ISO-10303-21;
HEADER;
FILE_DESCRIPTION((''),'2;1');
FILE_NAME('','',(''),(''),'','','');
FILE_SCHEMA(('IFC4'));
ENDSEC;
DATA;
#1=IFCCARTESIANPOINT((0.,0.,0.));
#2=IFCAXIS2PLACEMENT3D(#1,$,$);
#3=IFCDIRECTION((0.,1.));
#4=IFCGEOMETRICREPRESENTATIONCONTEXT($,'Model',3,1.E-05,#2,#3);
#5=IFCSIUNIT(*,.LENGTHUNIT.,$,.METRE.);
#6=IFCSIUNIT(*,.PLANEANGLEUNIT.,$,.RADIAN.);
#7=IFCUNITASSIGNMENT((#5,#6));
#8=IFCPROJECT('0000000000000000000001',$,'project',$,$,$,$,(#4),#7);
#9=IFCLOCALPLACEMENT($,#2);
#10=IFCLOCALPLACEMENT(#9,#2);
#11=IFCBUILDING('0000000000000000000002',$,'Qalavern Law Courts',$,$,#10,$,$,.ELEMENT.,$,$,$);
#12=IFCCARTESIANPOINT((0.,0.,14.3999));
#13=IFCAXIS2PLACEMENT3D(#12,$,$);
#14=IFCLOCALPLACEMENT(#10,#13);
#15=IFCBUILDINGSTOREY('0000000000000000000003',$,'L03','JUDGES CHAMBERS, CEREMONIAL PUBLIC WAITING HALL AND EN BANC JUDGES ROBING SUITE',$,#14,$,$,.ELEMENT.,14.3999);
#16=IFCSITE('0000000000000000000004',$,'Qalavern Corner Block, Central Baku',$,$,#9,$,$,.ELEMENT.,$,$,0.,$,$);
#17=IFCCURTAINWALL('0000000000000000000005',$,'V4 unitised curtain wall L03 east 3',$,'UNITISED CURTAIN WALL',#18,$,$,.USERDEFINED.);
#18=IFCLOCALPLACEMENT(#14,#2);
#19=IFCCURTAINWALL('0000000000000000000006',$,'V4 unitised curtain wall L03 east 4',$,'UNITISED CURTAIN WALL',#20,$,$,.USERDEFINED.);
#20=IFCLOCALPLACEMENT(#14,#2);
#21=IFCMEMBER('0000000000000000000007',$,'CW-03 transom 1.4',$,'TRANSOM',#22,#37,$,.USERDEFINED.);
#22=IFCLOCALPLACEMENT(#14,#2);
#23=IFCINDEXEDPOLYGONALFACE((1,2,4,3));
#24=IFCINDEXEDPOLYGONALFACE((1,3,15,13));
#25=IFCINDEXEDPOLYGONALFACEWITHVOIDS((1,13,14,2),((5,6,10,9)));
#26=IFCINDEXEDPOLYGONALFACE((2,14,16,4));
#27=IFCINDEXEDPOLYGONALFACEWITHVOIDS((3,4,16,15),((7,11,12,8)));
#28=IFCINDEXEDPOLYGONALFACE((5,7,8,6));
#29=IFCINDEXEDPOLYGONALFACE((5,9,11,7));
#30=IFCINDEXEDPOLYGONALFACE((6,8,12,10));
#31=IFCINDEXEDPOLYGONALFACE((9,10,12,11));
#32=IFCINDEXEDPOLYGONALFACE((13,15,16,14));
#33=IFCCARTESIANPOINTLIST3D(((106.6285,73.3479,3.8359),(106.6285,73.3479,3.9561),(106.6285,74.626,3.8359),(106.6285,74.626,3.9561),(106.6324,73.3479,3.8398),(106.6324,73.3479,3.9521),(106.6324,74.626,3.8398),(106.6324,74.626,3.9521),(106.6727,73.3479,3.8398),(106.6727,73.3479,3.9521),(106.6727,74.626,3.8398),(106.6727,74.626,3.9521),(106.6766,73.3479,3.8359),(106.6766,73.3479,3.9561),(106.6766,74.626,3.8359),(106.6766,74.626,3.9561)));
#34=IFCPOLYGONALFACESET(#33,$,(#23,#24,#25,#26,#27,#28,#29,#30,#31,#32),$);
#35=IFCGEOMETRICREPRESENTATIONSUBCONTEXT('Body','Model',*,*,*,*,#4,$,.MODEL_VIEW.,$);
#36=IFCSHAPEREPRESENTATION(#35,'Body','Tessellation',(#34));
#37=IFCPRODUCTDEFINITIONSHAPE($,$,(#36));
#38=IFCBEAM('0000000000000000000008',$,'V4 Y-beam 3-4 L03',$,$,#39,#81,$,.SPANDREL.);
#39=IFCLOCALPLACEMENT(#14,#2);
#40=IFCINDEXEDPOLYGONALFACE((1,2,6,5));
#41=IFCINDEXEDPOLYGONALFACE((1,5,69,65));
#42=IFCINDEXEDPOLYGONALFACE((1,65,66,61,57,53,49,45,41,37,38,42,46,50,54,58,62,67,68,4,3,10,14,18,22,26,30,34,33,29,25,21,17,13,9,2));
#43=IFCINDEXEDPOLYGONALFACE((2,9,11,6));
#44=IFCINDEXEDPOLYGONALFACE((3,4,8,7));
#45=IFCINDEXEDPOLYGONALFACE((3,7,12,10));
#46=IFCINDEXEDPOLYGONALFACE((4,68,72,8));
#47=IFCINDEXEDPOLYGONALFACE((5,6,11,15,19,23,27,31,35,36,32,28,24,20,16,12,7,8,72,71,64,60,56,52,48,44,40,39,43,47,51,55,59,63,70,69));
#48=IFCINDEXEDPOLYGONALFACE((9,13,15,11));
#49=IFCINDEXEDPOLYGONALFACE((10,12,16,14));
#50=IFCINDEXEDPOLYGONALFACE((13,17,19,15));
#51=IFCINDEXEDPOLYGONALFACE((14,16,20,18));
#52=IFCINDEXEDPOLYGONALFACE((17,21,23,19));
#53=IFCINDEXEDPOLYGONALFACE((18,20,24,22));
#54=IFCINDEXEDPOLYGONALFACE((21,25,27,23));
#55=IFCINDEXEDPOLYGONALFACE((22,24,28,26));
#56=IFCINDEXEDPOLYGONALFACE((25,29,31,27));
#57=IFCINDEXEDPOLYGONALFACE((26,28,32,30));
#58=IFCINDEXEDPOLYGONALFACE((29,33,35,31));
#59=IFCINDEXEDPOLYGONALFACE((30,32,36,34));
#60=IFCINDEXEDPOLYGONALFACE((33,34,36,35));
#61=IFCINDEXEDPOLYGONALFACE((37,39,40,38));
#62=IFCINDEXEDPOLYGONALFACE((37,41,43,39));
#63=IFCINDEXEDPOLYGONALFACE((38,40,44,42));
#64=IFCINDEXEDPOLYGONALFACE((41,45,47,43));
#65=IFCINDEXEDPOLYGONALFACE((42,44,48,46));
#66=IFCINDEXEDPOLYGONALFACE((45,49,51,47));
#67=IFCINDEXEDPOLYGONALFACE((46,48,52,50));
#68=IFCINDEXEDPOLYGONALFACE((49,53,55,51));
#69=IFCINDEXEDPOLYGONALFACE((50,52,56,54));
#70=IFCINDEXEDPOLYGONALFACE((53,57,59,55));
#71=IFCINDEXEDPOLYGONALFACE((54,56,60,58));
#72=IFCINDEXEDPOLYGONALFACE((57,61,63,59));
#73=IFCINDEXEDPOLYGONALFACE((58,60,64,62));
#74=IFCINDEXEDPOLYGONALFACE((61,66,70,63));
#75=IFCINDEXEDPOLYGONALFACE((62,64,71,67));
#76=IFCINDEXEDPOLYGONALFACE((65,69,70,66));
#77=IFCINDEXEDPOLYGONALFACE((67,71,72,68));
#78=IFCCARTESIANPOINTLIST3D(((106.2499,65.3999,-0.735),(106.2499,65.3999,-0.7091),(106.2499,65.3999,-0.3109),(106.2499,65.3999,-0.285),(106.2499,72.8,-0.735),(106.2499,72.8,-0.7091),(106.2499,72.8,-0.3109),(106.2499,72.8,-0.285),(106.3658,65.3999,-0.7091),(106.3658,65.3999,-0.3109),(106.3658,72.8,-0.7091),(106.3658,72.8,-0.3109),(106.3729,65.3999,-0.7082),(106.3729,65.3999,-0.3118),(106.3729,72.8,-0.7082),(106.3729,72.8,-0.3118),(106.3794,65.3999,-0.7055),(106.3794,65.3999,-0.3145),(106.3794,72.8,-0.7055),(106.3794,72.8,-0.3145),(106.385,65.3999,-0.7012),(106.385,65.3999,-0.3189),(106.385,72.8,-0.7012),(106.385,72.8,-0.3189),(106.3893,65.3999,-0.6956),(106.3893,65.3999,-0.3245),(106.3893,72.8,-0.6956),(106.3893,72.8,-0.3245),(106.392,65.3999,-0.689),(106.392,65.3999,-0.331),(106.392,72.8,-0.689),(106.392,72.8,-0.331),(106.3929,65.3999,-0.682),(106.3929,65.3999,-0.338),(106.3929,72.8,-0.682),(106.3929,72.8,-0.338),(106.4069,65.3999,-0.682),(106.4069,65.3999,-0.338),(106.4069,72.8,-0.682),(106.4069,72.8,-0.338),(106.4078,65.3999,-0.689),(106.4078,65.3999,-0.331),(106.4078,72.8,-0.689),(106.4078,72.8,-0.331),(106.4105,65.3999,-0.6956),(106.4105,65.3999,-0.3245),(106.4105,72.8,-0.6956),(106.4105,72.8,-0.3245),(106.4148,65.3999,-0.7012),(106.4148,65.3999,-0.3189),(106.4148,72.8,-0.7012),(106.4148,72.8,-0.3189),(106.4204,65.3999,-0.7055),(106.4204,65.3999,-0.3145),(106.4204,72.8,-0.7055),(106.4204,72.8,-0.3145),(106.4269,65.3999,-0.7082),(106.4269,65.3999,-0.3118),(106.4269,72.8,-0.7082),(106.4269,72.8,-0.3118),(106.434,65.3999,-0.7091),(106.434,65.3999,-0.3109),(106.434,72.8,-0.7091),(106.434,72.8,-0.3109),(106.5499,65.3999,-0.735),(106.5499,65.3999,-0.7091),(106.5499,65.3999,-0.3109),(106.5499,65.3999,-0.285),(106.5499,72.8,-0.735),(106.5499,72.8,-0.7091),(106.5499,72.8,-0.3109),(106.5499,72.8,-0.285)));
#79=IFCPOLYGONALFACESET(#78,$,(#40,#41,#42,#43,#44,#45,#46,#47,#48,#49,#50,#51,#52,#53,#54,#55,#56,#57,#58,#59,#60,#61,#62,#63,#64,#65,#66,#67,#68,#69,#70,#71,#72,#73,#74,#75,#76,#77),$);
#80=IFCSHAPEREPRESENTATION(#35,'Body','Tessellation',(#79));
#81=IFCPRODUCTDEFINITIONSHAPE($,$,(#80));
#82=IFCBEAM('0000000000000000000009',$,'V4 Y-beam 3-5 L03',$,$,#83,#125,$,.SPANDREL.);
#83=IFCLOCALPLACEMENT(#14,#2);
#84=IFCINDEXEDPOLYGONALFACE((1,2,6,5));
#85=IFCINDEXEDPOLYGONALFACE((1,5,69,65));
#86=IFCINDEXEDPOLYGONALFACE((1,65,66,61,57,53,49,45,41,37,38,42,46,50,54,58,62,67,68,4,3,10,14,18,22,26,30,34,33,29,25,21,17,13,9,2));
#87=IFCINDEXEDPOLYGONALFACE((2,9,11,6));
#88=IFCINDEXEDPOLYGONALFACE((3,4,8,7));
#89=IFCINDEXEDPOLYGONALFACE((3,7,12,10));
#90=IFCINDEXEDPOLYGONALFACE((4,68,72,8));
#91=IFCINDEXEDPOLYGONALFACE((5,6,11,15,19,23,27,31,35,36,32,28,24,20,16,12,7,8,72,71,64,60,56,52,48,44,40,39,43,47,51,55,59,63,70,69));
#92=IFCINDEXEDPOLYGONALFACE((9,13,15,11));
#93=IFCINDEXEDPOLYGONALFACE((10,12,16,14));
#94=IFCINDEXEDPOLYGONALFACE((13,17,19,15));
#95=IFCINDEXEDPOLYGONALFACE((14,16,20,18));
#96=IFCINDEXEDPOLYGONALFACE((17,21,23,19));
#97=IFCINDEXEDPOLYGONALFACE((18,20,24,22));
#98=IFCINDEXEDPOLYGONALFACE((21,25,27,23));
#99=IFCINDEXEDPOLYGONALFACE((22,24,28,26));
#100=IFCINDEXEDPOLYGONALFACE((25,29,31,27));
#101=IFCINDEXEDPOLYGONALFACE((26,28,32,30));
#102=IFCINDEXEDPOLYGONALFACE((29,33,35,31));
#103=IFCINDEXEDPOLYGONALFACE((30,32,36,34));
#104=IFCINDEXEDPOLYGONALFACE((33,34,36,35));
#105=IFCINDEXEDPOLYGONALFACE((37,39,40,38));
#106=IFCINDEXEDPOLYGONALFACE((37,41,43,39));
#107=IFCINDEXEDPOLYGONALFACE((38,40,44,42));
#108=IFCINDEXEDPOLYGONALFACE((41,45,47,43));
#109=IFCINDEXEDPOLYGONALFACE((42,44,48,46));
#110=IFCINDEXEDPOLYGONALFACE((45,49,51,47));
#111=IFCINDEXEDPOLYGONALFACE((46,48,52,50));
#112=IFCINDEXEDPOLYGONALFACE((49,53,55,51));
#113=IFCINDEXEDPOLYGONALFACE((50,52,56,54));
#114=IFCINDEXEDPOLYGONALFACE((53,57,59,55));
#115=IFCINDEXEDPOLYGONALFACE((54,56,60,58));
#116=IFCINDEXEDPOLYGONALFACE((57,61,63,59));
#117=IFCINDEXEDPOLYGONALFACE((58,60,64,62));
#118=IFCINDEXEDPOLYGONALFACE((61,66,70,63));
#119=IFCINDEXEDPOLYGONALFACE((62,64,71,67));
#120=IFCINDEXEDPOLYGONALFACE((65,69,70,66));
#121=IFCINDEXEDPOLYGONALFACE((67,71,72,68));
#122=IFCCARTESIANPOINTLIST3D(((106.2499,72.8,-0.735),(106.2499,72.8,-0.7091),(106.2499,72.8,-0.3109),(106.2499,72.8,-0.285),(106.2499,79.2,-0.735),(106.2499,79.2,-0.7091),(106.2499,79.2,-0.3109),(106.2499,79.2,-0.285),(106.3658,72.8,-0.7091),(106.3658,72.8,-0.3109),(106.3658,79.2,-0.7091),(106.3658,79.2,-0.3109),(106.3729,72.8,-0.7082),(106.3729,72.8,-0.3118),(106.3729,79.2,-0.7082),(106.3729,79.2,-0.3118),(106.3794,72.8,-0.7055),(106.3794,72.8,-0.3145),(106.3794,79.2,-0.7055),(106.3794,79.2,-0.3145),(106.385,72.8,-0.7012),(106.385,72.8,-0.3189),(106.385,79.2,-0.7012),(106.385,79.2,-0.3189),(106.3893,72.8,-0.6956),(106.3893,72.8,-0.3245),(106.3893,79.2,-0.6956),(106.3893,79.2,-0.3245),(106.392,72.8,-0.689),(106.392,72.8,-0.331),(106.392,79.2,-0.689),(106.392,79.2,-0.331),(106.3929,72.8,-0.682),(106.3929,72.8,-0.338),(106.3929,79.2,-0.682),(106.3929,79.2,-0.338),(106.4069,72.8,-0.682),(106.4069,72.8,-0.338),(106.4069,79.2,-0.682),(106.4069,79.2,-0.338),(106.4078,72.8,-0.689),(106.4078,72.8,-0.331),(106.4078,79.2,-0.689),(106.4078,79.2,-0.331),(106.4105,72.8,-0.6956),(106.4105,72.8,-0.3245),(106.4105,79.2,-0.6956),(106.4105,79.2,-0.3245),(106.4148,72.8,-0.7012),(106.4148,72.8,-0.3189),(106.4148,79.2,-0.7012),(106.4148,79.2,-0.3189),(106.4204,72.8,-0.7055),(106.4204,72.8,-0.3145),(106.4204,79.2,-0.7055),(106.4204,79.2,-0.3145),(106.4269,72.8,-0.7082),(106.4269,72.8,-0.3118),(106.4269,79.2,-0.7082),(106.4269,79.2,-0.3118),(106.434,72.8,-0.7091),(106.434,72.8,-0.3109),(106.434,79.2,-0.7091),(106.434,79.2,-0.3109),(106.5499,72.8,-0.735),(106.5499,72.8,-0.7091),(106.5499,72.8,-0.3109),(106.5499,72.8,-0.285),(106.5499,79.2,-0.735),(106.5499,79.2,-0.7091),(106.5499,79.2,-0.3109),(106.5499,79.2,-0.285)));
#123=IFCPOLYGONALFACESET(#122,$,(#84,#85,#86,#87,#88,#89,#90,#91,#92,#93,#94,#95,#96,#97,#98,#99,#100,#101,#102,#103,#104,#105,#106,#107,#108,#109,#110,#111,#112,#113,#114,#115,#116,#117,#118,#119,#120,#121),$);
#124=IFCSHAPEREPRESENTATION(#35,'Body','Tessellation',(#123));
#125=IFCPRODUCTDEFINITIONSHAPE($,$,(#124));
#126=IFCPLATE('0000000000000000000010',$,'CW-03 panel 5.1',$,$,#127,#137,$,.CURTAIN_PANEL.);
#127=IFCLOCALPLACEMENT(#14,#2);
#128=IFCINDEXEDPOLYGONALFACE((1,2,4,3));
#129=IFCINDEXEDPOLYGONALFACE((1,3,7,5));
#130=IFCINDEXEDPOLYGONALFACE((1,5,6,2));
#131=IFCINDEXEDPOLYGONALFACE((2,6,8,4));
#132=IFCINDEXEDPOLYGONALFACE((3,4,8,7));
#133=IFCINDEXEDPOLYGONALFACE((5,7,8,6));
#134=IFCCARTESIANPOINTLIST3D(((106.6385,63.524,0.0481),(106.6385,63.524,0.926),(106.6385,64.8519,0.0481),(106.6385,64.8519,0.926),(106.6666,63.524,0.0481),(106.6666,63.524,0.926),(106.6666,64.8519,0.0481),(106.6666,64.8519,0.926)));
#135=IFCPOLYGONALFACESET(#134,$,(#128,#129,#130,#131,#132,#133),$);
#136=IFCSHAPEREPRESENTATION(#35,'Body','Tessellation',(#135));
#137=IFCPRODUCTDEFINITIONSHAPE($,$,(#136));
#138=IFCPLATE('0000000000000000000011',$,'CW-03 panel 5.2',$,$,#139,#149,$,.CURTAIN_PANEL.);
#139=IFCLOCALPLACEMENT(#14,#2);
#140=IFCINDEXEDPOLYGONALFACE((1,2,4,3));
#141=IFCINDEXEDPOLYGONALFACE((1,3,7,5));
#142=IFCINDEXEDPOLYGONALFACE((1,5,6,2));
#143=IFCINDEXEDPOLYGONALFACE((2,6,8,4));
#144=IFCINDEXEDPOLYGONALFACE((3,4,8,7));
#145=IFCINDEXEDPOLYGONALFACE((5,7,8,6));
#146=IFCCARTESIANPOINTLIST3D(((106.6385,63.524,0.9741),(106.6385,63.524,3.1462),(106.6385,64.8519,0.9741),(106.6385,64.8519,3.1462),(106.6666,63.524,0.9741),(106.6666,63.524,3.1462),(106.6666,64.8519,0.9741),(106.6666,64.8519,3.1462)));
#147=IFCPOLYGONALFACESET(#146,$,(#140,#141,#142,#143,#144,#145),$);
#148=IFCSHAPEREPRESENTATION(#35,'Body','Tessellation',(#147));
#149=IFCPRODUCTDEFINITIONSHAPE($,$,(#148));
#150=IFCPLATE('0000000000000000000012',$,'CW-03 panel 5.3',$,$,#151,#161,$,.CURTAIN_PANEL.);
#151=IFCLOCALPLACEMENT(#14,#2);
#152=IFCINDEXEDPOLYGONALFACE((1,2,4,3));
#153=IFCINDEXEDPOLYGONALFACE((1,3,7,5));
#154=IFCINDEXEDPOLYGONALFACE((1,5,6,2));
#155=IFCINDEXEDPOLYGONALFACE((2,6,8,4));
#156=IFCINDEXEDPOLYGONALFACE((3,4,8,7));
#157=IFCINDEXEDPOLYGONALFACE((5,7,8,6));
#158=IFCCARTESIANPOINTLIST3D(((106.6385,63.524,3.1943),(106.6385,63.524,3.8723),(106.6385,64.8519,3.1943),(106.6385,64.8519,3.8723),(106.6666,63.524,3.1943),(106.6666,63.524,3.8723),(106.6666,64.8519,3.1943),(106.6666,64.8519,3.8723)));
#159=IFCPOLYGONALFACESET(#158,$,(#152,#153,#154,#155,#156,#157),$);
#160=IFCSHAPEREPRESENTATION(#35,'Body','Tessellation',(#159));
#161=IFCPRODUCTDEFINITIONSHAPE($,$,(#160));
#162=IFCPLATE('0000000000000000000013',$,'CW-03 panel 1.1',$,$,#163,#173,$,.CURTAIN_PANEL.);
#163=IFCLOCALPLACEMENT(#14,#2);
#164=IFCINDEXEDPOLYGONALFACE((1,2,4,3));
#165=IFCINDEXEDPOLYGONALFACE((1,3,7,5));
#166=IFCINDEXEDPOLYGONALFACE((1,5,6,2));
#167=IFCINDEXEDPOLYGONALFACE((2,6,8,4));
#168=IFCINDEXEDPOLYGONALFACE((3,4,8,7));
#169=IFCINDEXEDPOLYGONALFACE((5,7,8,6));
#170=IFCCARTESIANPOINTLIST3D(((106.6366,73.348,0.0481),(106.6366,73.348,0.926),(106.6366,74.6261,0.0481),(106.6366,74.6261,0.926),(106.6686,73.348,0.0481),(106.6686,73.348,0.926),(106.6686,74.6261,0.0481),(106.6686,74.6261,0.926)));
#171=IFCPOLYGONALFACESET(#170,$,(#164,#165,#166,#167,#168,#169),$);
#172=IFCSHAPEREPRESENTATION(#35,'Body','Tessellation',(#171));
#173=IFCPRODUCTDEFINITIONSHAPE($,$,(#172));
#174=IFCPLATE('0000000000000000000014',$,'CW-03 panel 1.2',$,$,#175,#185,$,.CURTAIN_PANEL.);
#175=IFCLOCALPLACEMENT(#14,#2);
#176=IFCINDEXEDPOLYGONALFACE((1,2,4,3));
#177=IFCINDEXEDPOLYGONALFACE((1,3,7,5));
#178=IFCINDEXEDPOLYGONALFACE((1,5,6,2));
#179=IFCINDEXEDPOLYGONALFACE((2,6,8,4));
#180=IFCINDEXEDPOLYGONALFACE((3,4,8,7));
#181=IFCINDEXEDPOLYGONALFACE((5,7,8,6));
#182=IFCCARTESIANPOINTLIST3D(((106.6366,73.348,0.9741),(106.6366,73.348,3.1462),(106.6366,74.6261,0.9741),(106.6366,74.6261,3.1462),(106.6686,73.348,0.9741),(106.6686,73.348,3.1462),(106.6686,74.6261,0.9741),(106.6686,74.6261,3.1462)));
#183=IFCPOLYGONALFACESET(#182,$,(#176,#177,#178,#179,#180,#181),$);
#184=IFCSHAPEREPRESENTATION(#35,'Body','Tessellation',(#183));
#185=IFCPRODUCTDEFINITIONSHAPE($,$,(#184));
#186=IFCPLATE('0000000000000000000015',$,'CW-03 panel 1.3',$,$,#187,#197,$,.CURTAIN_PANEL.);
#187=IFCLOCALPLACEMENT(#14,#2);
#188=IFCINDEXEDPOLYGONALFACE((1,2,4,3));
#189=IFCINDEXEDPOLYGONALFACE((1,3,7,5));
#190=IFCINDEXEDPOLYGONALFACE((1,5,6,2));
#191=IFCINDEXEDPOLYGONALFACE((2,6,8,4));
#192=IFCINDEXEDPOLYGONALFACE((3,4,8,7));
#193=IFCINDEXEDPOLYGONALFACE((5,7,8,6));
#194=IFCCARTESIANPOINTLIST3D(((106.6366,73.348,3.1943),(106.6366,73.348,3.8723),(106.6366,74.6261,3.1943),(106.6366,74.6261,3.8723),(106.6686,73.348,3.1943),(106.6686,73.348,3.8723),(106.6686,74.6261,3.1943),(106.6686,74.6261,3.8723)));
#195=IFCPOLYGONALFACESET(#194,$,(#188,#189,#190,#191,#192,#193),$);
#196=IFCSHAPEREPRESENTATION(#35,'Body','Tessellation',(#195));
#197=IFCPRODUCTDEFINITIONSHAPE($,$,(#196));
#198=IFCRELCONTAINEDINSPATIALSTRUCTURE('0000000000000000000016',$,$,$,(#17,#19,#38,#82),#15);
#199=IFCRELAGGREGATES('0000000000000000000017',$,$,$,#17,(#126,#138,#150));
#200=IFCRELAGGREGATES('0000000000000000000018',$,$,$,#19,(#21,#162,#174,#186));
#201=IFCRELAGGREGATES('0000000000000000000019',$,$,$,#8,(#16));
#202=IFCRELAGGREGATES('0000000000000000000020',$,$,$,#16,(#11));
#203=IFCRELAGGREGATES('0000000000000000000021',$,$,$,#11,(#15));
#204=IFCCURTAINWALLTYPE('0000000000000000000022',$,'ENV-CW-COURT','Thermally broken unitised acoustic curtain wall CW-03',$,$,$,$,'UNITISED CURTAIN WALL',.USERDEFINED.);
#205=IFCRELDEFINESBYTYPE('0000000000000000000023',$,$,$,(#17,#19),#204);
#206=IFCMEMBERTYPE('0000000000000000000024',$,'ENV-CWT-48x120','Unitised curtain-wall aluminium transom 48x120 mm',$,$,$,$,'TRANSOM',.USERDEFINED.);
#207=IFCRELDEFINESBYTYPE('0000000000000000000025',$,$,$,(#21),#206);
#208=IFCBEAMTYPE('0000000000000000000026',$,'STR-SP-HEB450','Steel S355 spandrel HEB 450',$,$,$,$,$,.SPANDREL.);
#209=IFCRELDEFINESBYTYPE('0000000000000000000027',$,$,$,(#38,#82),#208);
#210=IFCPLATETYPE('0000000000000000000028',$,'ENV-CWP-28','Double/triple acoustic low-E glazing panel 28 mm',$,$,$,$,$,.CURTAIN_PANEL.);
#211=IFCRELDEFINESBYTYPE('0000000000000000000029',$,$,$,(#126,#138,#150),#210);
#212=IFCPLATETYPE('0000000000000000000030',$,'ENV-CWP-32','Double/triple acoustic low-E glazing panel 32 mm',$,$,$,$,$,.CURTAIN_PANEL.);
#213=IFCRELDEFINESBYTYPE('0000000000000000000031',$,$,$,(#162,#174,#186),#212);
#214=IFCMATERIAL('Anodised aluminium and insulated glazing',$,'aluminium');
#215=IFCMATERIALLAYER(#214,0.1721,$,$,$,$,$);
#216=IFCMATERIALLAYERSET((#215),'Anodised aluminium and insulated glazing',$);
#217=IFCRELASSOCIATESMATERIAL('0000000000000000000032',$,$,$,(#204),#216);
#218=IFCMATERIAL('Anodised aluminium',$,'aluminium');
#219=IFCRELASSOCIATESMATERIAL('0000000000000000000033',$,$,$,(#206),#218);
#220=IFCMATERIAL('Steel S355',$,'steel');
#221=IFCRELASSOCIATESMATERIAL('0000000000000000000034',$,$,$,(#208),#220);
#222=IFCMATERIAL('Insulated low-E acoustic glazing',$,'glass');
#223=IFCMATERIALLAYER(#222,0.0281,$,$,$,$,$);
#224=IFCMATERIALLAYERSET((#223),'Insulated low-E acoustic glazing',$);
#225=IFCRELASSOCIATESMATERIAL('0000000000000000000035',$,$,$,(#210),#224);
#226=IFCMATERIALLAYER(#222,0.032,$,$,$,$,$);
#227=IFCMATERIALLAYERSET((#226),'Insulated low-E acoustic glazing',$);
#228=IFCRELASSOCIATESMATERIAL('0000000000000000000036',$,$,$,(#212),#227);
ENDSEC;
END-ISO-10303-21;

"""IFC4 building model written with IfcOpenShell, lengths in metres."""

from ifc_helpers import new_model, si_unit, direction, frame, origin, origin_2d, place, context, subcontext, project, spatial, rectangle, hollow_rectangle, i_section, extrude, material, layer, layer_set, material_profile, profile_set, type_object, element, aggregate, save


model = new_model("IFC4")

# Units and contexts
model_context = context("Model", 3, precision=1e-05, world=origin(), true_north=direction((0.0, 1.0)))
body_context = subcontext(model_context, "Body", "Model", "MODEL_VIEW")
ifc_project = project(units=[si_unit("LENGTHUNIT", "METRE"), si_unit("PLANEANGLEUNIT", "RADIAN")], contexts=[model_context])

# Site, building, storey
site_placement = place(None, origin())
site = spatial("IfcSite", under=ifc_project, at=site_placement, Name="Qalavern Corner Block, Central Baku", CompositionType="ELEMENT", RefElevation=0.0)
building_placement = place(site_placement, origin())
building = spatial("IfcBuilding", under=site, at=building_placement, Name="Qalavern Law Courts", CompositionType="ELEMENT")
storey_placement = place(building_placement, frame((0.0, 0.0, 14.3999)))
storey = spatial("IfcBuildingStorey", under=building, at=storey_placement, Name="L03", Description="JUDGES CHAMBERS, CEREMONIAL PUBLIC WAITING HALL AND EN BANC JUDGES ROBING SUITE", CompositionType="ELEMENT", Elevation=14.3999)

# Curtain walls
ifc_material_1 = material(Name="Anodised aluminium and insulated glazing", Category="aluminium")
ifc_layer_1 = layer(ifc_material_1, 0.1721)
ifc_layer_set_1 = layer_set([ifc_layer_1], Name="Anodised aluminium and insulated glazing")
curtain_wall_type = type_object("IfcCurtainWallType", Name="ENV-CW-COURT", Description="Thermally broken unitised acoustic curtain wall CW-03", ElementType="UNITISED CURTAIN WALL", PredefinedType="USERDEFINED", material=ifc_layer_set_1)
curtain_wall_1_placement = place(storey_placement, origin())
curtain_wall_1 = element("IfcCurtainWall", 1, at=curtain_wall_1_placement, inside=storey, type_object=curtain_wall_type, Name="V4 unitised curtain wall L03 east 3", ObjectType="UNITISED CURTAIN WALL", PredefinedType="USERDEFINED")
ifc_material_2 = material(Name="Anodised aluminium", Category="aluminium")
curtain_wall_2_placement = place(storey_placement, origin())
curtain_wall_2 = element("IfcCurtainWall", 2, at=curtain_wall_2_placement, inside=storey, type_object=curtain_wall_type, Name="V4 unitised curtain wall L03 east 4", ObjectType="UNITISED CURTAIN WALL", PredefinedType="USERDEFINED")

# Member
ifc_material_profile_1 = material_profile(ifc_material_2, hollow_rectangle(XDim=0.0481, YDim=0.1201, WallThickness=0.0039, at=origin_2d()), Name="ALU TRANSOM 48x120")
ifc_profile_set_1 = profile_set([ifc_material_profile_1], Name="Anodised aluminium")
member_type_1 = type_object("IfcMemberType", Name="ENV-CWT-48x120", Description="Unitised curtain-wall aluminium transom 48x120 mm", ElementType="TRANSOM", PredefinedType="USERDEFINED", material=ifc_profile_set_1)
member_1_placement = place(storey_placement, frame((106.6526, 73.3479, 3.896), z_axis=(0.0, 1.0, 0.0), x_axis=(-1.0, 0.0, 0.0)))
member_1 = element("IfcMember", 3, at=member_1_placement, type_object=member_type_1, Name="CW-03 transom 1.4", ObjectType="TRANSOM", PredefinedType="USERDEFINED", context=body_context, shape_type="SweptSolid", body=[
    extrude(hollow_rectangle(XDim=0.0481, YDim=0.1201, WallThickness=0.0039, at=origin_2d()), origin(), (0.0, 0.0, 1.0), 1.2781),
])

# Beams
ifc_material_3 = material(Name="Steel S355", Category="steel")
ifc_material_profile_2 = material_profile(ifc_material_3, i_section(OverallWidth=0.3, OverallDepth=0.45, WebThickness=0.0139, FlangeThickness=0.0259, FilletRadius=0.0271, at=origin_2d()), Name="HEB 450")
ifc_profile_set_2 = profile_set([ifc_material_profile_2], Name="Steel S355")
beam_type = type_object("IfcBeamType", Name="STR-SP-HEB450", Description="Steel S355 spandrel HEB 450", PredefinedType="SPANDREL", material=ifc_profile_set_2)
beam_1_placement = place(storey_placement, frame((106.3999, 65.3999, -0.51), z_axis=(0.0, 1.0, 0.0), x_axis=(-1.0, 0.0, 0.0)))
element("IfcBeam", 4, at=beam_1_placement, inside=storey, type_object=beam_type, Name="V4 Y-beam 3-4 L03", PredefinedType="SPANDREL", context=body_context, shape_type="SweptSolid", body=[
    extrude(i_section(OverallWidth=0.3, OverallDepth=0.45, WebThickness=0.0139, FlangeThickness=0.0259, FilletRadius=0.0271, at=origin_2d()), origin(), (0.0, 0.0, 1.0), 7.4001),
])
beam_2_placement = place(storey_placement, frame((106.3999, 72.8, -0.51), z_axis=(0.0, 1.0, 0.0), x_axis=(-1.0, 0.0, 0.0)))
element("IfcBeam", 5, at=beam_2_placement, inside=storey, type_object=beam_type, Name="V4 Y-beam 3-5 L03", PredefinedType="SPANDREL", context=body_context, shape_type="SweptSolid", body=[
    extrude(i_section(OverallWidth=0.3, OverallDepth=0.45, WebThickness=0.0139, FlangeThickness=0.0259, FilletRadius=0.0271, at=origin_2d()), origin(), (0.0, 0.0, 1.0), 6.3999),
])

# Plates
ifc_material_4 = material(Name="Insulated low-E acoustic glazing", Category="glass")
ifc_layer_2 = layer(ifc_material_4, 0.0281)
ifc_layer_set_2 = layer_set([ifc_layer_2], Name="Insulated low-E acoustic glazing")
plate_type_1 = type_object("IfcPlateType", Name="ENV-CWP-28", Description="Double/triple acoustic low-E glazing panel 28 mm", PredefinedType="CURTAIN_PANEL", material=ifc_layer_set_2)
plate_1_placement = place(storey_placement, frame((106.6526, 64.188, 0.0481), z_axis=(0.0, 0.0, 1.0), x_axis=(0.0, 1.0, 0.0)))
plate_1 = element("IfcPlate", 6, at=plate_1_placement, type_object=plate_type_1, Name="CW-03 panel 5.1", PredefinedType="CURTAIN_PANEL", context=body_context, shape_type="SweptSolid", body=[
    extrude(rectangle(XDim=1.3279, YDim=0.0281, at=origin_2d()), origin(), (0.0, 0.0, 1.0), 0.8779),
])
plate_2_placement = place(storey_placement, frame((106.6526, 64.188, 0.9741), z_axis=(0.0, 0.0, 1.0), x_axis=(0.0, 1.0, 0.0)))
plate_2 = element("IfcPlate", 7, at=plate_2_placement, type_object=plate_type_1, Name="CW-03 panel 5.2", PredefinedType="CURTAIN_PANEL", context=body_context, shape_type="SweptSolid", body=[
    extrude(rectangle(XDim=1.3279, YDim=0.0281, at=origin_2d()), origin(), (0.0, 0.0, 1.0), 2.1721),
])
plate_3_placement = place(storey_placement, frame((106.6526, 64.188, 3.1943), z_axis=(0.0, 0.0, 1.0), x_axis=(0.0, 1.0, 0.0)))
plate_3 = element("IfcPlate", 8, at=plate_3_placement, type_object=plate_type_1, Name="CW-03 panel 5.3", PredefinedType="CURTAIN_PANEL", context=body_context, shape_type="SweptSolid", body=[
    extrude(rectangle(XDim=1.3279, YDim=0.0281, at=origin_2d()), origin(), (0.0, 0.0, 1.0), 0.678),
])
aggregate(curtain_wall_1, [plate_1, plate_2, plate_3])
ifc_layer_3 = layer(ifc_material_4, 0.032)
ifc_layer_set_3 = layer_set([ifc_layer_3], Name="Insulated low-E acoustic glazing")
plate_type_2 = type_object("IfcPlateType", Name="ENV-CWP-32", Description="Double/triple acoustic low-E glazing panel 32 mm", PredefinedType="CURTAIN_PANEL", material=ifc_layer_set_3)
plate_4_placement = place(storey_placement, frame((106.6526, 73.9871, 0.0481), z_axis=(0.0, 0.0, 1.0), x_axis=(0.0, 1.0, 0.0)))
plate_4 = element("IfcPlate", 9, at=plate_4_placement, type_object=plate_type_2, Name="CW-03 panel 1.1", PredefinedType="CURTAIN_PANEL", context=body_context, shape_type="SweptSolid", body=[
    extrude(rectangle(XDim=1.2781, YDim=0.032, at=origin_2d()), origin(), (0.0, 0.0, 1.0), 0.8779),
])
plate_5_placement = place(storey_placement, frame((106.6526, 73.9871, 0.9741), z_axis=(0.0, 0.0, 1.0), x_axis=(0.0, 1.0, 0.0)))
plate_5 = element("IfcPlate", 10, at=plate_5_placement, type_object=plate_type_2, Name="CW-03 panel 1.2", PredefinedType="CURTAIN_PANEL", context=body_context, shape_type="SweptSolid", body=[
    extrude(rectangle(XDim=1.2781, YDim=0.032, at=origin_2d()), origin(), (0.0, 0.0, 1.0), 2.1721),
])
plate_6_placement = place(storey_placement, frame((106.6526, 73.9871, 3.1943), z_axis=(0.0, 0.0, 1.0), x_axis=(0.0, 1.0, 0.0)))
plate_6 = element("IfcPlate", 11, at=plate_6_placement, type_object=plate_type_2, Name="CW-03 panel 1.3", PredefinedType="CURTAIN_PANEL", context=body_context, shape_type="SweptSolid", body=[
    extrude(rectangle(XDim=1.2781, YDim=0.032, at=origin_2d()), origin(), (0.0, 0.0, 1.0), 0.678),
])
aggregate(curtain_wall_2, [member_1, plate_4, plate_5, plate_6])

save(model, "model.ifc")
